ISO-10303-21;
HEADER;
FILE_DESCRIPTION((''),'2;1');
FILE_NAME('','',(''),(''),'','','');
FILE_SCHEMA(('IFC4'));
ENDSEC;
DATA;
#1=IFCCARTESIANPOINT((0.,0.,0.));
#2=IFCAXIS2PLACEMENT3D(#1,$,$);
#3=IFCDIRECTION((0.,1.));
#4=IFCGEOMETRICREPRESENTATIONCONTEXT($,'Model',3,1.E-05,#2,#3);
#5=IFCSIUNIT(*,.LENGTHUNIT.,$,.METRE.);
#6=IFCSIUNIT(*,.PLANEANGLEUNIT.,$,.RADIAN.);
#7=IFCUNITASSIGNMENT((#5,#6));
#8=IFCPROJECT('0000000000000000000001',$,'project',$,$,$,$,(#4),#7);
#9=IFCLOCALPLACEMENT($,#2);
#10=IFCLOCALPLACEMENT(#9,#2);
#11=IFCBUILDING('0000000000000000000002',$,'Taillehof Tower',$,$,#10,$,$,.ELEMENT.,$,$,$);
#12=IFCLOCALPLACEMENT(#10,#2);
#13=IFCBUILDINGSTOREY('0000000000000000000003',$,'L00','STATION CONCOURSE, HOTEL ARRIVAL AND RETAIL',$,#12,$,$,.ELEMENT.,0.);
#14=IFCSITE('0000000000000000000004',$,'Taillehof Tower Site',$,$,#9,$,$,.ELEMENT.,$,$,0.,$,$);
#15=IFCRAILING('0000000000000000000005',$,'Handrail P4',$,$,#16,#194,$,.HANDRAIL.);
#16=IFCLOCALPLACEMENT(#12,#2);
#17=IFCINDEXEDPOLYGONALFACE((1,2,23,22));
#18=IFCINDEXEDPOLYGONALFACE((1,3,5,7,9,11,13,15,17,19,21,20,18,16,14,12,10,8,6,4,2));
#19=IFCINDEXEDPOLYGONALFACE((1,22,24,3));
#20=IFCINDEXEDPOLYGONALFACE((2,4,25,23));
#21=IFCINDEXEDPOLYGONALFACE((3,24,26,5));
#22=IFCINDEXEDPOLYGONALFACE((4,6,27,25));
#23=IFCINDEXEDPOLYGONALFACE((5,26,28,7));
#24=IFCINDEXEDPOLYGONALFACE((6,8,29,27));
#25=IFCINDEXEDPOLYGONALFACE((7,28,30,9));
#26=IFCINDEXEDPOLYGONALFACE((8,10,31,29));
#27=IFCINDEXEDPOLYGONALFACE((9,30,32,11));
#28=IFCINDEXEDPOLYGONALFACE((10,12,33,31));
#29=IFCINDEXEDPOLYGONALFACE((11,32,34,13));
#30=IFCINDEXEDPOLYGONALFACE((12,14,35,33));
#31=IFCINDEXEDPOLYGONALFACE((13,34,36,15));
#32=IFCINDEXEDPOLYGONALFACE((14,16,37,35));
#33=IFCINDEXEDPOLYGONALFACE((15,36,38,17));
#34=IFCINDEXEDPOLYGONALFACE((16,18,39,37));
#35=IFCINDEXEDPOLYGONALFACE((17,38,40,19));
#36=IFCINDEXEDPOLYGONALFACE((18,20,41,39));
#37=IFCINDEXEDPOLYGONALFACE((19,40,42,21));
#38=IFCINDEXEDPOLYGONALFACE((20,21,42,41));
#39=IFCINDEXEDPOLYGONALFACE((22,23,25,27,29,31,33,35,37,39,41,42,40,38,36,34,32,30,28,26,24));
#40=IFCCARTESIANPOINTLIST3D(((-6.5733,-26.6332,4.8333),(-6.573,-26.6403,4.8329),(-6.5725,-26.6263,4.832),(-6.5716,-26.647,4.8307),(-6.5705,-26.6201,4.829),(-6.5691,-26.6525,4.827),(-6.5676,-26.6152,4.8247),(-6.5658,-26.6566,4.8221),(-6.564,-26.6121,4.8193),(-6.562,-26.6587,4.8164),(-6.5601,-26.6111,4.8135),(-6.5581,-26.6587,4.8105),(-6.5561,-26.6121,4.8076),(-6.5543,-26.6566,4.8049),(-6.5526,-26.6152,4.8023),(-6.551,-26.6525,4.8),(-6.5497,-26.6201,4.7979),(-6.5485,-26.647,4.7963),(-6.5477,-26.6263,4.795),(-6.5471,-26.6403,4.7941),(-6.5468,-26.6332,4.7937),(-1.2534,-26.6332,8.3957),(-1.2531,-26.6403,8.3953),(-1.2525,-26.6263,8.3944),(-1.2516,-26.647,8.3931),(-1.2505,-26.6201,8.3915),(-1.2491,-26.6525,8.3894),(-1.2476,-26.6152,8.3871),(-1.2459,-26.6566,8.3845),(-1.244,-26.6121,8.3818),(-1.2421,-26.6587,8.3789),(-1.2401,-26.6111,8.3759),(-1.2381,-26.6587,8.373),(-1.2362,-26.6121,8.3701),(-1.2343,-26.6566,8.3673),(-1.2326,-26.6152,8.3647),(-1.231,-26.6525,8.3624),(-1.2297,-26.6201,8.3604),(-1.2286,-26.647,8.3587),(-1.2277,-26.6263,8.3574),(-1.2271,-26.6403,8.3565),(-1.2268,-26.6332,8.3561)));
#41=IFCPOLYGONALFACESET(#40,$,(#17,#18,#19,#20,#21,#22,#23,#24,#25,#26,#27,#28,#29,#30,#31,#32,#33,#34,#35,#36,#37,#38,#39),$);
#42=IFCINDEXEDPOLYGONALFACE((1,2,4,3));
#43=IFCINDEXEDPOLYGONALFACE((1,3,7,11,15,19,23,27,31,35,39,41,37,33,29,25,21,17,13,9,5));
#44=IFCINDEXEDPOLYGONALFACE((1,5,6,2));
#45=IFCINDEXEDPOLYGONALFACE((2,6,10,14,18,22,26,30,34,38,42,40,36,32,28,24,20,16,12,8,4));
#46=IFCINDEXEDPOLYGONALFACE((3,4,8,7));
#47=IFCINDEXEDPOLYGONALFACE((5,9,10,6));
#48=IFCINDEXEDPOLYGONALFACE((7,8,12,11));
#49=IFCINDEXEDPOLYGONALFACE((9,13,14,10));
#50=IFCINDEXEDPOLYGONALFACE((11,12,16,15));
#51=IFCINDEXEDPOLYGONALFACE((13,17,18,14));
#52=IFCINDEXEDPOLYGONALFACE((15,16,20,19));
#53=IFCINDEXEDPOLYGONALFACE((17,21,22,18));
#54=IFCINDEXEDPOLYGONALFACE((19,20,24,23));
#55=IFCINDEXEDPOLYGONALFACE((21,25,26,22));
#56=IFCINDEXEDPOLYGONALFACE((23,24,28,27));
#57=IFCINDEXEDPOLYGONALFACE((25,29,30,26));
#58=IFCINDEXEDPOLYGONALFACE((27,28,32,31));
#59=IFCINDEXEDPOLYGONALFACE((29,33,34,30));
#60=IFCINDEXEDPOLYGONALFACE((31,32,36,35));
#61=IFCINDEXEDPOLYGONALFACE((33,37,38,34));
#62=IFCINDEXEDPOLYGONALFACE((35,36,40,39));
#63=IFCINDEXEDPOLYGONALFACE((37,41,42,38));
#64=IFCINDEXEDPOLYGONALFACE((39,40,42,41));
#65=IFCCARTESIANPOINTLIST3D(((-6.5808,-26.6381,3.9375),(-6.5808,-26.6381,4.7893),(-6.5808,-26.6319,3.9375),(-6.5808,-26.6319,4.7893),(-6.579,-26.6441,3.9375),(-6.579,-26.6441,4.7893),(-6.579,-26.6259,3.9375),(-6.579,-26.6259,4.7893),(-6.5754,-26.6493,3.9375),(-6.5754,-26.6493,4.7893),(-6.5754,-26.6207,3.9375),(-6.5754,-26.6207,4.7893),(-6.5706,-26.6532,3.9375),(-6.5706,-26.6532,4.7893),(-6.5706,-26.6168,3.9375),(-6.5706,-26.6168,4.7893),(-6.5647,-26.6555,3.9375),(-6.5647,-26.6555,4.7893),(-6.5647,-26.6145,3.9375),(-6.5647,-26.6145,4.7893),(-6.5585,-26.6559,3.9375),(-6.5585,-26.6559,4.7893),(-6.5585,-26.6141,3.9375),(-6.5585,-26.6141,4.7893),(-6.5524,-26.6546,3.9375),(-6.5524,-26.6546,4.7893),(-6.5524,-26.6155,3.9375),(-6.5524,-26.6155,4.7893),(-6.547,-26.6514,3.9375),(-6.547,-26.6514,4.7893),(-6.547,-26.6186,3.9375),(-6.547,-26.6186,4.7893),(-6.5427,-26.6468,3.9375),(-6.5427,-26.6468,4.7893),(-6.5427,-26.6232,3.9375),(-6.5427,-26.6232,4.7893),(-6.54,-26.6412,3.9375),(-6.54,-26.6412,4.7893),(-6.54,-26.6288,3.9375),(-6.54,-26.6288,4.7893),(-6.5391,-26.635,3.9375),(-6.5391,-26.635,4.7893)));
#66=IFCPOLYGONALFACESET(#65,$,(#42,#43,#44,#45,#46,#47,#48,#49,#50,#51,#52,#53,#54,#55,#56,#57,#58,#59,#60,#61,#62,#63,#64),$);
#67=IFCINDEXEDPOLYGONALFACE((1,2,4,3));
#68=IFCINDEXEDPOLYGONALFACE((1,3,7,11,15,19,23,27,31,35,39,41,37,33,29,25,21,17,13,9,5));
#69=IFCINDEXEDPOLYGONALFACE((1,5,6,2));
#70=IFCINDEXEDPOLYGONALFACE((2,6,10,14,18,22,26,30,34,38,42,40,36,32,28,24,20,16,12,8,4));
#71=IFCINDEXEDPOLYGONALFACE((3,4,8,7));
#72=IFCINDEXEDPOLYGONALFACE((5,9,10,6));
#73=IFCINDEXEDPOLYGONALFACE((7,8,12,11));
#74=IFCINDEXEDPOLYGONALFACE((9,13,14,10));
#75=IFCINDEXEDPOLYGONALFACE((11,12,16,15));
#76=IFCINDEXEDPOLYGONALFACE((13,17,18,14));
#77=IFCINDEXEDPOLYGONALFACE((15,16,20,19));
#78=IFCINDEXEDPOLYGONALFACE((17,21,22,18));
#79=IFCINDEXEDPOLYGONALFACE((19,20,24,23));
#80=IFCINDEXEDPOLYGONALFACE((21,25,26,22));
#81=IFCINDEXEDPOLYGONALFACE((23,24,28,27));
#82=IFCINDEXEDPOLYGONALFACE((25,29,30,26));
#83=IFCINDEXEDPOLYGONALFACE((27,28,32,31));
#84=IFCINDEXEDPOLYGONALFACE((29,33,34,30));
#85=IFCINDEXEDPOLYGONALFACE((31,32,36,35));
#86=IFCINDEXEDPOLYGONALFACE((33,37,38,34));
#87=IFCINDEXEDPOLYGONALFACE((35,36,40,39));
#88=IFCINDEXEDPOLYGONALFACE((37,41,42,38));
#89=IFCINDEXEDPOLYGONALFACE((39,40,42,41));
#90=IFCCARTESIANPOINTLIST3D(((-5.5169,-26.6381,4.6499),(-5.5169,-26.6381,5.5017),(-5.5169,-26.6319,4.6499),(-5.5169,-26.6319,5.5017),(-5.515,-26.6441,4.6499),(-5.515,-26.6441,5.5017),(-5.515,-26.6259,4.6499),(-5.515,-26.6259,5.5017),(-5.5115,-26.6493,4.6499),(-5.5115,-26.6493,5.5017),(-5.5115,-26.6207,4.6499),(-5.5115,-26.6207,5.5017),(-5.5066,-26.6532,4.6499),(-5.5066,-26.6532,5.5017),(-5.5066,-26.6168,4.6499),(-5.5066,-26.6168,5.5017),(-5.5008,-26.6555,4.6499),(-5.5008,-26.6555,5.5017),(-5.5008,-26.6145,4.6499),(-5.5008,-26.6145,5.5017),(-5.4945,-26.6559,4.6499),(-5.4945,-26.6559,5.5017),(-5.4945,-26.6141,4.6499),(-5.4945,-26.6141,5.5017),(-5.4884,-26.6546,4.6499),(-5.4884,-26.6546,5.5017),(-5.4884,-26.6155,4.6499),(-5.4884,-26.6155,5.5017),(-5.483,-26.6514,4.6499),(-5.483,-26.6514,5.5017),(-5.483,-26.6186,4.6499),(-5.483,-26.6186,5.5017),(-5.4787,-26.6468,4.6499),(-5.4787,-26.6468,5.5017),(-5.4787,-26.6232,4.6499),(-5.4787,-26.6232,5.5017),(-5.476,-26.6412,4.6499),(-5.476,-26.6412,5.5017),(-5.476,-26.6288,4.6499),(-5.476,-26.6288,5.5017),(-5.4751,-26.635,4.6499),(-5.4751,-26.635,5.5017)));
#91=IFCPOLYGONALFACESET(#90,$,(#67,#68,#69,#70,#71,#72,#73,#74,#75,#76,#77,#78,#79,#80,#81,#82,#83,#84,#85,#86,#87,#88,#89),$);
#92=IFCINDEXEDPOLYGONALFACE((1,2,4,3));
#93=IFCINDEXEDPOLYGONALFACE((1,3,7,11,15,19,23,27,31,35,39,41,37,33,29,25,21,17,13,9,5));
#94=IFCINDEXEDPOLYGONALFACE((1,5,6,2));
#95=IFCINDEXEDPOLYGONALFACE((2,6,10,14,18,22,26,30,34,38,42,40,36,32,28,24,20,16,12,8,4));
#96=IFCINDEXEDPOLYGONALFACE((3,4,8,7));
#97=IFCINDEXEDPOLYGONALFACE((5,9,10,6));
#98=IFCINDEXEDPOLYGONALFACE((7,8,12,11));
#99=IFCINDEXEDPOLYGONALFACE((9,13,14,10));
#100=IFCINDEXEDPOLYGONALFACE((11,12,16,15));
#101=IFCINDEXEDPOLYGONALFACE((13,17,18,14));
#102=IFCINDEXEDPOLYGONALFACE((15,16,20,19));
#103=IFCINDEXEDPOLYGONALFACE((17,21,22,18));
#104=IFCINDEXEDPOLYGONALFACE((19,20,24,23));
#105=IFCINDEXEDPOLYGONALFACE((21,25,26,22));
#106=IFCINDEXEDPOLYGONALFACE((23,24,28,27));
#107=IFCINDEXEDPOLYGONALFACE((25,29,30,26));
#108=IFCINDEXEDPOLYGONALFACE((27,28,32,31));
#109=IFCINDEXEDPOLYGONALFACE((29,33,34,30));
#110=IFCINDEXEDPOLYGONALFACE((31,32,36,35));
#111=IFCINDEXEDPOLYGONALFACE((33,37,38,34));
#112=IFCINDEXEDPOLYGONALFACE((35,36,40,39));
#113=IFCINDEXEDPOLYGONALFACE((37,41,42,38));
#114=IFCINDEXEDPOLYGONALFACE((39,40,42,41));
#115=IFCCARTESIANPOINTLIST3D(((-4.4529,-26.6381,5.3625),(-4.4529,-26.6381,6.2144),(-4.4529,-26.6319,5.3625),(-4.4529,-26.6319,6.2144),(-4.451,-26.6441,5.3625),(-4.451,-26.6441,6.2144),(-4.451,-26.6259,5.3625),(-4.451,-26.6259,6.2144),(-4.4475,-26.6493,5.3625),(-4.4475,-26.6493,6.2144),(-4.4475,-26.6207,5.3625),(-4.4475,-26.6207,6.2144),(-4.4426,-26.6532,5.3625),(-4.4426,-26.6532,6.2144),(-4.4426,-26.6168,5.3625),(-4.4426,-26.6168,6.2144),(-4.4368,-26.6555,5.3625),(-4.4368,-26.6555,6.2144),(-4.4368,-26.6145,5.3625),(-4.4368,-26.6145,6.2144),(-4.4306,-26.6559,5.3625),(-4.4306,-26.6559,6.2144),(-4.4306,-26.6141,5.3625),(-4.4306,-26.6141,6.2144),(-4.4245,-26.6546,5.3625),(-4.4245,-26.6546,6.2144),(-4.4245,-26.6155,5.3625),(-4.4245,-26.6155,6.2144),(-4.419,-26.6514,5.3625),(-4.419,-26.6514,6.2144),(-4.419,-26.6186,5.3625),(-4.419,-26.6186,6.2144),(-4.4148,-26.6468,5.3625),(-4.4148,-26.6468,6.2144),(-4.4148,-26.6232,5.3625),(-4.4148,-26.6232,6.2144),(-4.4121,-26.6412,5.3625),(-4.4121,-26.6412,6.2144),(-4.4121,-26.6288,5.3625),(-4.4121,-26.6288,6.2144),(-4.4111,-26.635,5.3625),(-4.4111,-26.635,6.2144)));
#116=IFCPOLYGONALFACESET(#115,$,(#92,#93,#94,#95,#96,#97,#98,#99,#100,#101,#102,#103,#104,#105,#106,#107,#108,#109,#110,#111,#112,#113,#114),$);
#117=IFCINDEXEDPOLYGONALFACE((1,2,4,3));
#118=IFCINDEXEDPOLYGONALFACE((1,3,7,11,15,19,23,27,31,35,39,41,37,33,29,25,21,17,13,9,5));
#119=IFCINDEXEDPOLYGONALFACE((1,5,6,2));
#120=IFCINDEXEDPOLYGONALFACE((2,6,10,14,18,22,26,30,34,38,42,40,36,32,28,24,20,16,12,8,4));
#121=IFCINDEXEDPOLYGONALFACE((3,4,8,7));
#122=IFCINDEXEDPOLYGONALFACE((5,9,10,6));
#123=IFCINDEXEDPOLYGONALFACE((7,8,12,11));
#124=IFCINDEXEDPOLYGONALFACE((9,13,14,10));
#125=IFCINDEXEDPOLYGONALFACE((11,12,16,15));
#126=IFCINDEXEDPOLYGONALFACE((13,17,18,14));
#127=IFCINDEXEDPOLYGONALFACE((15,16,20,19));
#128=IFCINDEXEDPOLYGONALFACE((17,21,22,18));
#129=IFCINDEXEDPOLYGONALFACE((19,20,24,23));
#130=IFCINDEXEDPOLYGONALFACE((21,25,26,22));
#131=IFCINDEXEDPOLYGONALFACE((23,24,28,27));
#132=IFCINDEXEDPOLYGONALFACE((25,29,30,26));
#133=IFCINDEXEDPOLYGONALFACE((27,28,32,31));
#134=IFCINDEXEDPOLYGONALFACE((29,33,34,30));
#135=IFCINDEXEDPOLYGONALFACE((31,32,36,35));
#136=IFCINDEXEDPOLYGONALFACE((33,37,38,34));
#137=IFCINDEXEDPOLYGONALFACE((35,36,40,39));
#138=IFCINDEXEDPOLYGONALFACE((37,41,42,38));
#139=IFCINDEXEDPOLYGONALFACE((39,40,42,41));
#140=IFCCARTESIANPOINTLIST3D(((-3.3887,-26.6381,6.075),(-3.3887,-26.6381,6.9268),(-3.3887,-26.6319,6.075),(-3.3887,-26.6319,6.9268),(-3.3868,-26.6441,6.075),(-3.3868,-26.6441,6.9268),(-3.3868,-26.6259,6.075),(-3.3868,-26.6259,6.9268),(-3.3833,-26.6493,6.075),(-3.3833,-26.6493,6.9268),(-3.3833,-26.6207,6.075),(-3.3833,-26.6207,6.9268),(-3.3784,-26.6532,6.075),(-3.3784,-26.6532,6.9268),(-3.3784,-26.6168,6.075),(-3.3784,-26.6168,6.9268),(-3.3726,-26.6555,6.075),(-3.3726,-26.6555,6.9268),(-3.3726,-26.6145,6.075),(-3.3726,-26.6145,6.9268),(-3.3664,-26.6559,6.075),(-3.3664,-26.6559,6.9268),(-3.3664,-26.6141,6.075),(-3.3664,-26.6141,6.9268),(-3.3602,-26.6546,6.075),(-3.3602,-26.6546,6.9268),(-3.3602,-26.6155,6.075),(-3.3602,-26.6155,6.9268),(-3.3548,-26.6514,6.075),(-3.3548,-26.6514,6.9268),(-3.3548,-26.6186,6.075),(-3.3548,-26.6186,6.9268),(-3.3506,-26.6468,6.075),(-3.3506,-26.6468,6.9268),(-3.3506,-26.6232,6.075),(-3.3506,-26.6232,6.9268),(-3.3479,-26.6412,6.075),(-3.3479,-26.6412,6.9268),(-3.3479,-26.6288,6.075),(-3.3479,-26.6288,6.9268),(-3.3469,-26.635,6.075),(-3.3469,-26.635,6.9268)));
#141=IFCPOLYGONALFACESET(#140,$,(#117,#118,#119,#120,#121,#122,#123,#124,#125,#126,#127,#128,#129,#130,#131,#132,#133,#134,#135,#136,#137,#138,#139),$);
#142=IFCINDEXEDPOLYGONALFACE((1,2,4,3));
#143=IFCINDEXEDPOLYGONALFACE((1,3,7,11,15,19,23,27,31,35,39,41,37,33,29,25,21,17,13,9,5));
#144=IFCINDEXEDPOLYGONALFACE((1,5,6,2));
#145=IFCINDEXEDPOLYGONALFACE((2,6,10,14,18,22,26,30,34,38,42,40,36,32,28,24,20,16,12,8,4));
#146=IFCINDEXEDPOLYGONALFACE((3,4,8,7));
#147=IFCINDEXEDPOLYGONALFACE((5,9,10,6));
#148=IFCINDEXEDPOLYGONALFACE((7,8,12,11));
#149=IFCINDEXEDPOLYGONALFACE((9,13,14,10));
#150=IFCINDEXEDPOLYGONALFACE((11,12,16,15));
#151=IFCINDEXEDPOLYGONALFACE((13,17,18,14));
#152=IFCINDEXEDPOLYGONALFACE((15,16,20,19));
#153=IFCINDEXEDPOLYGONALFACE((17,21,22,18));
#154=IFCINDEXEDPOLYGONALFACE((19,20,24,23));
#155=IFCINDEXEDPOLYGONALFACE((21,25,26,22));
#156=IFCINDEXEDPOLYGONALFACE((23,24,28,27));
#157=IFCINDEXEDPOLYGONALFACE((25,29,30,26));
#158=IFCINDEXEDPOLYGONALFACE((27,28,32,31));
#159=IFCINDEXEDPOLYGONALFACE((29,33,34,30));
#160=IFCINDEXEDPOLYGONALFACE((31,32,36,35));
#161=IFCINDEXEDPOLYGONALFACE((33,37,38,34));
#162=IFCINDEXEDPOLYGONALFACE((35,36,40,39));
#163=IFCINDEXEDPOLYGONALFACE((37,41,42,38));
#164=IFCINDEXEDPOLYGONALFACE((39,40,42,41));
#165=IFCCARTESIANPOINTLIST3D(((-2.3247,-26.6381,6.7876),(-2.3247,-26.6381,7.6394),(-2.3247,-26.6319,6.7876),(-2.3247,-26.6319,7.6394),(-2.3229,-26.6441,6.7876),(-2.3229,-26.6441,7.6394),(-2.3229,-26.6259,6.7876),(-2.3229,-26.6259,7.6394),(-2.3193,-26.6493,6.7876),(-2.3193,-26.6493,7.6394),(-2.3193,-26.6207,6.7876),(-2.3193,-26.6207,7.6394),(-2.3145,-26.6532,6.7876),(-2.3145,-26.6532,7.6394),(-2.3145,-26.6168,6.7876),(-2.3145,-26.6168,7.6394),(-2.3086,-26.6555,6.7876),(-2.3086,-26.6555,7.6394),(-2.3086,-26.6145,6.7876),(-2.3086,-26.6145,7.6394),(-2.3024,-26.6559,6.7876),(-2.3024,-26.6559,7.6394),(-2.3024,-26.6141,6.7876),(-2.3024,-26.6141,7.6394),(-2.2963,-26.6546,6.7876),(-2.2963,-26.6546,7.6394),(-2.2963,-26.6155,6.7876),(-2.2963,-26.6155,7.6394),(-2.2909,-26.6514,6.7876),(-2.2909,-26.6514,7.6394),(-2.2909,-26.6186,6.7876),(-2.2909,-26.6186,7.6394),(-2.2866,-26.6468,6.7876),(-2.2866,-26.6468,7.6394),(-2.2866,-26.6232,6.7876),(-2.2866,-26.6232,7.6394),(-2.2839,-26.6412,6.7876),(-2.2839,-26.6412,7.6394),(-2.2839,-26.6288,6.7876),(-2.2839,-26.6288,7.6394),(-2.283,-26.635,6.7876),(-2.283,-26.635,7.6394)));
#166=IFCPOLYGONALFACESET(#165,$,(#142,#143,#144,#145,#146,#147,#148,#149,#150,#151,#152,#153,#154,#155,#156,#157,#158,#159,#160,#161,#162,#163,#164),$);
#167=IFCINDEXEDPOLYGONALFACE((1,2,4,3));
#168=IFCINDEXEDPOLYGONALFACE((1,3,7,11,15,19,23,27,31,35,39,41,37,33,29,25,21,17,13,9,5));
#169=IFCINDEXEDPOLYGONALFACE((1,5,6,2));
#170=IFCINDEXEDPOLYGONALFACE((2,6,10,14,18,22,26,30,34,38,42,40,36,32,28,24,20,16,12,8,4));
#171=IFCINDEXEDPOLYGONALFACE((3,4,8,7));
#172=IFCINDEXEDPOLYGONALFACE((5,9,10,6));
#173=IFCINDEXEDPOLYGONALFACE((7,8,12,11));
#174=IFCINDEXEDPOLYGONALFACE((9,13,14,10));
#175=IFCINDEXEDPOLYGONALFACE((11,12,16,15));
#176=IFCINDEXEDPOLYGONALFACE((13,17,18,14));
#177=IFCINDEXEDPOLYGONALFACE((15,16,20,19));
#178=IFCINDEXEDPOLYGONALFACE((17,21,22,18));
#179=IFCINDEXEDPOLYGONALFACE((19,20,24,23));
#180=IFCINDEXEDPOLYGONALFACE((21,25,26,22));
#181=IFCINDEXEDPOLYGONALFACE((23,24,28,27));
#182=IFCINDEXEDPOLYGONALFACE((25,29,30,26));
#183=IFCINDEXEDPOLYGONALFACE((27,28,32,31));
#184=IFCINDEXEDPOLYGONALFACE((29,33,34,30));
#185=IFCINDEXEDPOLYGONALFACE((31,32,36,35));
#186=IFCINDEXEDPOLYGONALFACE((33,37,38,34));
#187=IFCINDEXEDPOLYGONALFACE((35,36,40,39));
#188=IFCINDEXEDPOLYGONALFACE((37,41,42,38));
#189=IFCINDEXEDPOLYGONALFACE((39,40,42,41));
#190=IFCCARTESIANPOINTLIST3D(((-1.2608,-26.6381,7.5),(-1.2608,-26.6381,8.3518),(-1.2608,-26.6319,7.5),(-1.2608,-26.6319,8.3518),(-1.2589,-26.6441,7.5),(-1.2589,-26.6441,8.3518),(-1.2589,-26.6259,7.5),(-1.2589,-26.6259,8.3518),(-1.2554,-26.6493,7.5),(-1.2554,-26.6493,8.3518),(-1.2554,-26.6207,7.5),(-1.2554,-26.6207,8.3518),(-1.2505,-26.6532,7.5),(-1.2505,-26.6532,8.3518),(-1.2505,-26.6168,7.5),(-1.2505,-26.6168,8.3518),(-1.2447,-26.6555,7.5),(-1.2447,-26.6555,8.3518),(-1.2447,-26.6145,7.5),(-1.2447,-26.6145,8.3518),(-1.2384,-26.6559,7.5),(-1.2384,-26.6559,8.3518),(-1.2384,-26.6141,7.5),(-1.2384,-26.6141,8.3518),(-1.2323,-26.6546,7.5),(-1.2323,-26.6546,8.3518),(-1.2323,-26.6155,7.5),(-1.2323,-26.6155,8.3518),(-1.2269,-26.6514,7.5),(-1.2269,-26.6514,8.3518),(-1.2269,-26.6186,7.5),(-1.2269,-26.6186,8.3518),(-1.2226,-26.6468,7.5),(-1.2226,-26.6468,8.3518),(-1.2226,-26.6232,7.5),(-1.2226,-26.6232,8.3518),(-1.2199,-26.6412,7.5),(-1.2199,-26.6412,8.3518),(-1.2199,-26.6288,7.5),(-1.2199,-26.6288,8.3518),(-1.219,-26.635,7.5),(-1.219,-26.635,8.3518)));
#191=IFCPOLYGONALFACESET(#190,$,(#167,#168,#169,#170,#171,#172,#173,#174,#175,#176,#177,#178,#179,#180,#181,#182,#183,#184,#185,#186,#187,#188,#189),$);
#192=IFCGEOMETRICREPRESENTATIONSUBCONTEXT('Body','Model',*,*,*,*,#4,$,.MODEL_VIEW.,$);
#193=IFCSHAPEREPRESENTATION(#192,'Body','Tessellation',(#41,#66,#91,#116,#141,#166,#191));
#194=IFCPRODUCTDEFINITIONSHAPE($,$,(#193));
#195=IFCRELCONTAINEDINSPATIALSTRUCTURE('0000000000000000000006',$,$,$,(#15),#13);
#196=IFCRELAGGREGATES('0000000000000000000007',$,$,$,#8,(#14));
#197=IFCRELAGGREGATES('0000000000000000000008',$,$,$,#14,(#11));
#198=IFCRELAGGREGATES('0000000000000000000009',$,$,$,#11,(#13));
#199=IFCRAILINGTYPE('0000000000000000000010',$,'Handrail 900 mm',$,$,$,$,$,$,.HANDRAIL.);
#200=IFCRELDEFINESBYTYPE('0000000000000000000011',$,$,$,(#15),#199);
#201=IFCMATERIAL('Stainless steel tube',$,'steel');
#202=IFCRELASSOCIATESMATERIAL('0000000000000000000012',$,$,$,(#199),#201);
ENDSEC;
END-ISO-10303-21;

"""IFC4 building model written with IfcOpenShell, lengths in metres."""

from ifc_helpers import new_model, si_unit, direction, frame, origin, origin_2d, place, context, subcontext, project, spatial, circle, extrude, material, type_object, element, save


model = new_model("IFC4")

# Units and contexts
model_context = context("Model", 3, precision=1e-05, world=origin(), true_north=direction((0.0, 1.0)))
body_context = subcontext(model_context, "Body", "Model", "MODEL_VIEW")
ifc_project = project(units=[si_unit("LENGTHUNIT", "METRE"), si_unit("PLANEANGLEUNIT", "RADIAN")], contexts=[model_context])

# Site, building, storey
site_placement = place(None, origin())
site = spatial("IfcSite", under=ifc_project, at=site_placement, Name="Taillehof Tower Site", CompositionType="ELEMENT", RefElevation=0.0)
building_placement = place(site_placement, origin())
building = spatial("IfcBuilding", under=site, at=building_placement, Name="Taillehof Tower", CompositionType="ELEMENT")
storey_placement = place(building_placement, origin())
storey = spatial("IfcBuildingStorey", under=building, at=storey_placement, Name="L00", Description="STATION CONCOURSE, HOTEL ARRIVAL AND RETAIL", CompositionType="ELEMENT", Elevation=0.0)

# Railing
ifc_material_1 = material(Name="Stainless steel tube", Category="steel")
railing_type_1 = type_object("IfcRailingType", Name="Handrail 900 mm", PredefinedType="HANDRAIL", material=ifc_material_1)
railing_1_placement = place(storey_placement, frame((-6.5601, -26.635, 3.9375)))
element("IfcRailing", 1, at=railing_1_placement, inside=storey, type_object=railing_type_1, Name="Handrail P4", PredefinedType="HANDRAIL", context=body_context, shape_type="SweptSolid", body=[
    extrude(circle(Radius=0.0239, at=origin_2d()), frame((0.0, 0.0, 0.876), z_axis=(0.83091, 0.0, 0.556406), x_axis=(0.0, 1.0, 0.0)), (0.0, 0.0, 1.0), 6.4026),
    extrude(circle(Radius=0.021, at=origin_2d()), origin(), (0.0, 0.0, 1.0), 0.8518),
    extrude(circle(Radius=0.021, at=origin_2d()), frame((1.064, 0.0, 0.7124)), (0.0, 0.0, 1.0), 0.8518),
    extrude(circle(Radius=0.021, at=origin_2d()), frame((2.1279, 0.0, 1.425)), (0.0, 0.0, 1.0), 0.8518),
    extrude(circle(Radius=0.021, at=origin_2d()), frame((3.1921, 0.0, 2.1375)), (0.0, 0.0, 1.0), 0.8518),
    extrude(circle(Radius=0.021, at=origin_2d()), frame((4.2561, 0.0, 2.8501)), (0.0, 0.0, 1.0), 0.8518),
    extrude(circle(Radius=0.021, at=origin_2d()), frame((5.3201, 0.0, 3.5625)), (0.0, 0.0, 1.0), 0.8518),
])

save(model, "model.ifc")
